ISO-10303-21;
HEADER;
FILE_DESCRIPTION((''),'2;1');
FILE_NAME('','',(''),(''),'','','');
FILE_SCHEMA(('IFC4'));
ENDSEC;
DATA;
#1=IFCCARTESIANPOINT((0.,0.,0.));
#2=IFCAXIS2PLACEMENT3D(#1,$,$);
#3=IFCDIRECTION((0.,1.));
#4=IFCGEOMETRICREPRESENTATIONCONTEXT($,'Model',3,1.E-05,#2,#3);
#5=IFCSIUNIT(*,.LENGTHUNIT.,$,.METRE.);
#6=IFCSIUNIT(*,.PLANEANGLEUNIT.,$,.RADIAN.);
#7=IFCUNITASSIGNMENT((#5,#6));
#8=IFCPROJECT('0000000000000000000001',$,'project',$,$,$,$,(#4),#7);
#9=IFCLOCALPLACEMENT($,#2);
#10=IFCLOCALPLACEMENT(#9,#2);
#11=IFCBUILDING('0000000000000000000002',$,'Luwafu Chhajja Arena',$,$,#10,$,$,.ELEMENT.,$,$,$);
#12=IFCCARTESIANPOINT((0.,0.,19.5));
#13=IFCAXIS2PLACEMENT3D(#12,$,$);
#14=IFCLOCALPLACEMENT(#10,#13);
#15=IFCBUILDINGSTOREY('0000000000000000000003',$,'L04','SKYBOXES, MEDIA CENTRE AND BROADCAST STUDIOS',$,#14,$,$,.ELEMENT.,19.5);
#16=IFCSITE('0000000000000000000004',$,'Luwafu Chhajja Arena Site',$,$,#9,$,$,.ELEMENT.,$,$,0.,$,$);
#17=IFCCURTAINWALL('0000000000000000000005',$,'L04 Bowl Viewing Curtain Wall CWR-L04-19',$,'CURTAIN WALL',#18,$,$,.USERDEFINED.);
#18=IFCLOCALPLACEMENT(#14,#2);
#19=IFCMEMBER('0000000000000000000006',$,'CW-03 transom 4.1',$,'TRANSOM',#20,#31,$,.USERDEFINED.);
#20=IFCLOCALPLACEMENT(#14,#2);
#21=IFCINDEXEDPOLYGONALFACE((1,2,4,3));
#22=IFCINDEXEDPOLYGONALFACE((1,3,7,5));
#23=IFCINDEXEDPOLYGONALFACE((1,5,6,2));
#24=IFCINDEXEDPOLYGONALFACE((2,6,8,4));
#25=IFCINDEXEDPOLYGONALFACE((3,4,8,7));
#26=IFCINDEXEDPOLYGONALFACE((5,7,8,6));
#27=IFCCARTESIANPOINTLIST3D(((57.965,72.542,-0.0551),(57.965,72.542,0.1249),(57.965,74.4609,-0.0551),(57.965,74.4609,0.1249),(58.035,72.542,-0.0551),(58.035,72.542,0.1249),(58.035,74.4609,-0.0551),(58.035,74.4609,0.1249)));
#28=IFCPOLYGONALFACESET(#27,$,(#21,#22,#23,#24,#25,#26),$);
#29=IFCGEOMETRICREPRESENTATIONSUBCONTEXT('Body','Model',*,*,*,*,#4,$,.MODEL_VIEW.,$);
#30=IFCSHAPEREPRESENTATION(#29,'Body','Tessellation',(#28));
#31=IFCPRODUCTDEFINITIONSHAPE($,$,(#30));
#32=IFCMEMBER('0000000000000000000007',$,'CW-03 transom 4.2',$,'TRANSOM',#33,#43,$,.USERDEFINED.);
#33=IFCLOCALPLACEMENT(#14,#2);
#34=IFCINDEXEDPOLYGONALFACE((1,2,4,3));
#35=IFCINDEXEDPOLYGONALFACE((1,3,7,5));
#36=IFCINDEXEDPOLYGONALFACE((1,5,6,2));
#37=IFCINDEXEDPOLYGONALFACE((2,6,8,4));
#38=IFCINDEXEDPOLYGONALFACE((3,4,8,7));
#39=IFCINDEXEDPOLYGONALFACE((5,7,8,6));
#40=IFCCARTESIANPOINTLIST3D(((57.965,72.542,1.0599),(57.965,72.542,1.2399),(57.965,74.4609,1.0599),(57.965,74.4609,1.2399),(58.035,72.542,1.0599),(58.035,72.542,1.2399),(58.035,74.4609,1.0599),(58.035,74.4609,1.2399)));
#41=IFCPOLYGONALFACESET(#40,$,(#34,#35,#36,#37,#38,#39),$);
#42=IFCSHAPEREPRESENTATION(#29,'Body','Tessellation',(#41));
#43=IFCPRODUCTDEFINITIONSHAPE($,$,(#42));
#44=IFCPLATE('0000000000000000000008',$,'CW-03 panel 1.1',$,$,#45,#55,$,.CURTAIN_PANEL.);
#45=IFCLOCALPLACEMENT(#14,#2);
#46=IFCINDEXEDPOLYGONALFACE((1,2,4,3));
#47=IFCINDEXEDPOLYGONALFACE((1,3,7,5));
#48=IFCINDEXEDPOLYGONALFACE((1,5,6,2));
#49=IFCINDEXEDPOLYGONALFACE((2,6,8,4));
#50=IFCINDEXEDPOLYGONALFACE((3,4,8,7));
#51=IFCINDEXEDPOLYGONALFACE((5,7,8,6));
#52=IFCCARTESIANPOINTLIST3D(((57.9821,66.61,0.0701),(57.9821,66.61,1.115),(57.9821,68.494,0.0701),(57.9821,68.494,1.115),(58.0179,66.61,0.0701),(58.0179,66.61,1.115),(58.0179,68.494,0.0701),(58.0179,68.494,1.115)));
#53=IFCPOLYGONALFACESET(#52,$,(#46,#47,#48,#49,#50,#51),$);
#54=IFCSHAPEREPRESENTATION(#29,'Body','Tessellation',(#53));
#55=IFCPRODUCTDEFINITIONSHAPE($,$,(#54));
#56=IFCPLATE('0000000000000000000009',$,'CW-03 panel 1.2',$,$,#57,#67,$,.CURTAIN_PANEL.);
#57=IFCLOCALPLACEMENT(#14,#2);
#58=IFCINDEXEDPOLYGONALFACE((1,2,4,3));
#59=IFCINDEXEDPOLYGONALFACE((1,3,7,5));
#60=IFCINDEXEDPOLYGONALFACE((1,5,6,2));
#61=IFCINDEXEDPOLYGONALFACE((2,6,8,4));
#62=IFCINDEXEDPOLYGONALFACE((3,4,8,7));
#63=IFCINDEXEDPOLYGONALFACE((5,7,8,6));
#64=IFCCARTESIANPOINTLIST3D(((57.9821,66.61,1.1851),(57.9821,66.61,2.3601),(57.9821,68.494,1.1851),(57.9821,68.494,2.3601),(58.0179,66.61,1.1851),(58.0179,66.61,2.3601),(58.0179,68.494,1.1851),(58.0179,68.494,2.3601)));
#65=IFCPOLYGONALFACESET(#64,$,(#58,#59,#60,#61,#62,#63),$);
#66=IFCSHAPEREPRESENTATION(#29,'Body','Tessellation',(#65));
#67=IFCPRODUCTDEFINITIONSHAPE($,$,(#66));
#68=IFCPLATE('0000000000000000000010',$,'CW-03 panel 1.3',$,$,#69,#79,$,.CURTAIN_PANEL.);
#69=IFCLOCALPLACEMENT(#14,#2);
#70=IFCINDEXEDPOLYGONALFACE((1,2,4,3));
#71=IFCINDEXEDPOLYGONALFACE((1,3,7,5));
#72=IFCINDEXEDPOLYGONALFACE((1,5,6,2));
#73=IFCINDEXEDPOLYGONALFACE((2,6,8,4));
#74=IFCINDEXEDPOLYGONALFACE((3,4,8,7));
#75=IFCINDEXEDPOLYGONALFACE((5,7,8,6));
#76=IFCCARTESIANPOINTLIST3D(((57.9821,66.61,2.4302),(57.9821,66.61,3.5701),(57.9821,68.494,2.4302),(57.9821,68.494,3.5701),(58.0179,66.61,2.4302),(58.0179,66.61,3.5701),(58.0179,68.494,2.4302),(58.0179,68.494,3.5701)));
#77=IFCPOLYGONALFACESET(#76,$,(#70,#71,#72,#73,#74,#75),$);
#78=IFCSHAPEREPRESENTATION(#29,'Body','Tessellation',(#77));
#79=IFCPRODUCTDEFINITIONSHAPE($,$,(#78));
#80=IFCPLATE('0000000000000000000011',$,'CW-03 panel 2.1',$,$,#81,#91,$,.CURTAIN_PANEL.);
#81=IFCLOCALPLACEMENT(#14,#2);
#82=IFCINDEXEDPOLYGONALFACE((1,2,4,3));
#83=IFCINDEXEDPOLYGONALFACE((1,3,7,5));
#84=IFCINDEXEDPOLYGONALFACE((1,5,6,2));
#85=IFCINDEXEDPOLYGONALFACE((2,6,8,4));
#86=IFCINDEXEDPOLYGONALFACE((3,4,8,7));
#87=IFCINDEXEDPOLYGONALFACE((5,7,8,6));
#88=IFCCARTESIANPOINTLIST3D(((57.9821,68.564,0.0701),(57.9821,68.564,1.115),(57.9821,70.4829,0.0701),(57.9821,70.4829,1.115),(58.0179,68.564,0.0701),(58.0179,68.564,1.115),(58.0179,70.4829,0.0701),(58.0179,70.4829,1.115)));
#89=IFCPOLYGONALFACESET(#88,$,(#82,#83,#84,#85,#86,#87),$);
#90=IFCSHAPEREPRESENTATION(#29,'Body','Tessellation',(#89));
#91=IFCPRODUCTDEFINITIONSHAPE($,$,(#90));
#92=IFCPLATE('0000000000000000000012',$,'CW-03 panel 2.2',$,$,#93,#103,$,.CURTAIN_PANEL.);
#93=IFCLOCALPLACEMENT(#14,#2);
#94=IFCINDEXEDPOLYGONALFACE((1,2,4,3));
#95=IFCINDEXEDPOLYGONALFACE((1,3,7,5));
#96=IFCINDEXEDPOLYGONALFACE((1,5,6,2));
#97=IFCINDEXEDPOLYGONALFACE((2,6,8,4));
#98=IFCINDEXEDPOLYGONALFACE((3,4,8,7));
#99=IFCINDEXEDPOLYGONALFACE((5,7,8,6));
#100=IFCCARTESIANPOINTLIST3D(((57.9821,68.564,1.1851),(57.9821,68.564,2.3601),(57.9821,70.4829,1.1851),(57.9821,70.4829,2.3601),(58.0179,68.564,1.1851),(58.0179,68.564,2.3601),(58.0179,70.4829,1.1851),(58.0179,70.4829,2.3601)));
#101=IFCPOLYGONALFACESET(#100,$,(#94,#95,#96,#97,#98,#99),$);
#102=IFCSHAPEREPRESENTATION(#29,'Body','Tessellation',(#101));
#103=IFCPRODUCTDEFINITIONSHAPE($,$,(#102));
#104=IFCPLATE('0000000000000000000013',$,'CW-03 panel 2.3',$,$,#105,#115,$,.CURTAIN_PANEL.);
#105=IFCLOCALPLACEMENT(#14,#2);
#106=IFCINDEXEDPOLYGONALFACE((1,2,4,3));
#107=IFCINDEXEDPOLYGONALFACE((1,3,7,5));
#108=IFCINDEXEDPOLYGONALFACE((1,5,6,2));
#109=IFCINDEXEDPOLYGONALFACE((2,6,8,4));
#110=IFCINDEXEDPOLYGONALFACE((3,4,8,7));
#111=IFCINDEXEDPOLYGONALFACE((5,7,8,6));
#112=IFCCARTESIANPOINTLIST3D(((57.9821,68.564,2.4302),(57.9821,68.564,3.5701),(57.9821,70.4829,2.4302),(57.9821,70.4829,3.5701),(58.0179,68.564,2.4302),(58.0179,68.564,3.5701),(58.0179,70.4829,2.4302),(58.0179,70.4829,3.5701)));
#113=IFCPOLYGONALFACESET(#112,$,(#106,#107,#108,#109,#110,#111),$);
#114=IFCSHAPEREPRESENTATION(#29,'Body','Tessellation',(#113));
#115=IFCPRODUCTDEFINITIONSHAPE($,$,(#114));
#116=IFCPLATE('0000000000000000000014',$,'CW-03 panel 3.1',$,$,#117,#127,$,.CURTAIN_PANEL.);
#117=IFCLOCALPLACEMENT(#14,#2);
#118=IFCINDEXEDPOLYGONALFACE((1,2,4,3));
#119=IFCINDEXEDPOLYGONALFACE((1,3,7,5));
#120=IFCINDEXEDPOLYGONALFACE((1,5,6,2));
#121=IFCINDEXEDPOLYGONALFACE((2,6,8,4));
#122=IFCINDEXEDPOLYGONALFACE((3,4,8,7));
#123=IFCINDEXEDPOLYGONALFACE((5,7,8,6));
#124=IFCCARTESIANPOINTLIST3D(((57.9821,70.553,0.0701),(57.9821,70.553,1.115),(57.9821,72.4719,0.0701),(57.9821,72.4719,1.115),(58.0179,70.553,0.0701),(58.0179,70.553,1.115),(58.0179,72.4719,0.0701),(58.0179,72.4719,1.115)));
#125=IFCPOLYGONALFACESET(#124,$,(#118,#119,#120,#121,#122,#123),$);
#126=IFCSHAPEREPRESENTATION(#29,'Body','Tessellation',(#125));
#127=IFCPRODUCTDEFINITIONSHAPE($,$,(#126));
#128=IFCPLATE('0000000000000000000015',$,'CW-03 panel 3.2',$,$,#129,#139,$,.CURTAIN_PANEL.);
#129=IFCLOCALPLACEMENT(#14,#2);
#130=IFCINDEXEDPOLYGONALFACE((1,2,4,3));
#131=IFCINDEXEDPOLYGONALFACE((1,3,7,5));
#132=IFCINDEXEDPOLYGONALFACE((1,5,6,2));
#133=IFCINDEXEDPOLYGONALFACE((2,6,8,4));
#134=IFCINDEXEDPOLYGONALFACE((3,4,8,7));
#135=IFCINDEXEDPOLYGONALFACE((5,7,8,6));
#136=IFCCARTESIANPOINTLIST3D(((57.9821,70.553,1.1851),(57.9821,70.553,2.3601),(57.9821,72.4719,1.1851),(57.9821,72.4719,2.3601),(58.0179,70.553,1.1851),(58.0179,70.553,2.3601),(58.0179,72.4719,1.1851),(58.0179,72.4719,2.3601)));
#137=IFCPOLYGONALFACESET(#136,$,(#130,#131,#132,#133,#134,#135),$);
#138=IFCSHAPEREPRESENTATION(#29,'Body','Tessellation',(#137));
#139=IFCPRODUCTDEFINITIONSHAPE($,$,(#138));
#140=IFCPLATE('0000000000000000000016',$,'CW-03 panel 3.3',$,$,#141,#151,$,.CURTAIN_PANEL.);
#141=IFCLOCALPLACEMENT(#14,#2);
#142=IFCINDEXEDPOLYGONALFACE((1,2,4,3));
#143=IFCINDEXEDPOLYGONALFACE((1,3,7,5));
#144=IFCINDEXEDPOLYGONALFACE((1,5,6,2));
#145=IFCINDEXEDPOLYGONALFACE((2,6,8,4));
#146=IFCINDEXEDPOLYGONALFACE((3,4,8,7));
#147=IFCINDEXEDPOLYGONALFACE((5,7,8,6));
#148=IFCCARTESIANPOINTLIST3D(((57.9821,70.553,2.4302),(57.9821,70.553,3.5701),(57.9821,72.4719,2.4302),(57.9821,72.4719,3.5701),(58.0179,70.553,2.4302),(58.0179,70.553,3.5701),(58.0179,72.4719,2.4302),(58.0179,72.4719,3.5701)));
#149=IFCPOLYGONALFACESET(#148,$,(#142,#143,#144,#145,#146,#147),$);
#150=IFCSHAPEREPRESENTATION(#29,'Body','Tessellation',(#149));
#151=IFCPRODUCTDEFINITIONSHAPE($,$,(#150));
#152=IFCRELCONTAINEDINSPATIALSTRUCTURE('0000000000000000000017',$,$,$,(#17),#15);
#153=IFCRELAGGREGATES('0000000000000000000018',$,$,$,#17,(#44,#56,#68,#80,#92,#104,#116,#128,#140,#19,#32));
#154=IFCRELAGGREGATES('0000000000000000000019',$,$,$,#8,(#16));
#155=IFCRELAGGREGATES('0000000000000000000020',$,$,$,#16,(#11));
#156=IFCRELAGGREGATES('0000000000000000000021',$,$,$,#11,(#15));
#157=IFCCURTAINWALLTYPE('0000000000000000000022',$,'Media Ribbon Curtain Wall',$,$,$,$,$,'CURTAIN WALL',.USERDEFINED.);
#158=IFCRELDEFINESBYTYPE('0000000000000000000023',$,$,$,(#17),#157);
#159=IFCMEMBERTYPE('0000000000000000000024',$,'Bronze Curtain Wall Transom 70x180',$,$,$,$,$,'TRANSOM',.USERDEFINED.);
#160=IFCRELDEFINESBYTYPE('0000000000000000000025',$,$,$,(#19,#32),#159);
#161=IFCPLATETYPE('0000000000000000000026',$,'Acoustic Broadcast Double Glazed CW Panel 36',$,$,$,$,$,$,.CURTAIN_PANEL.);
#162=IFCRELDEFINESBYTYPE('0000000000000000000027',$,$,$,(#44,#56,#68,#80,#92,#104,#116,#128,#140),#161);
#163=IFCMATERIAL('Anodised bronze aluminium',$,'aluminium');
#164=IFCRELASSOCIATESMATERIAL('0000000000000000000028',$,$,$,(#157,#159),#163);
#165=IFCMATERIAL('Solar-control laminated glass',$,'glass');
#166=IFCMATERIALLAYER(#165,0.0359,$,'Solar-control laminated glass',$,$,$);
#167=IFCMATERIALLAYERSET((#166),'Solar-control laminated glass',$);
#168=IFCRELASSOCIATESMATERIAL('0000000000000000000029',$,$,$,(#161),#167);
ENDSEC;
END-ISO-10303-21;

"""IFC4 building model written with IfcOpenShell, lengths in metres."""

from ifc_helpers import new_model, si_unit, direction, frame, origin, origin_2d, place, context, subcontext, project, spatial, rectangle, extrude, material, layer, layer_set, material_profile, profile_set, type_object, element, aggregate, save


model = new_model("IFC4")

# Units and contexts
model_context = context("Model", 3, precision=1e-05, world=origin(), true_north=direction((0.0, 1.0)))
body_context = subcontext(model_context, "Body", "Model", "MODEL_VIEW")
ifc_project = project(units=[si_unit("LENGTHUNIT", "METRE"), si_unit("PLANEANGLEUNIT", "RADIAN")], contexts=[model_context])

# Site, building, storey
site_placement = place(None, origin())
site = spatial("IfcSite", under=ifc_project, at=site_placement, Name="Luwafu Chhajja Arena Site", CompositionType="ELEMENT", RefElevation=0.0)
building_placement = place(site_placement, origin())
building = spatial("IfcBuilding", under=site, at=building_placement, Name="Luwafu Chhajja Arena", CompositionType="ELEMENT")
storey_placement = place(building_placement, frame((0.0, 0.0, 19.5)))
storey = spatial("IfcBuildingStorey", under=building, at=storey_placement, Name="L04", Description="SKYBOXES, MEDIA CENTRE AND BROADCAST STUDIOS", CompositionType="ELEMENT", Elevation=19.5)

# Curtain wall, members, plates
ifc_material_1 = material(Name="Anodised bronze aluminium", Category="aluminium")
curtain_wall_type = type_object("IfcCurtainWallType", Name="Media Ribbon Curtain Wall", ElementType="CURTAIN WALL", PredefinedType="USERDEFINED", material=ifc_material_1)
curtain_wall_placement = place(storey_placement, origin())
curtain_wall = element("IfcCurtainWall", 1, at=curtain_wall_placement, inside=storey, type_object=curtain_wall_type, Name="L04 Bowl Viewing Curtain Wall CWR-L04-19", ObjectType="CURTAIN WALL", PredefinedType="USERDEFINED")
ifc_material_profile_1 = material_profile(ifc_material_1, rectangle(XDim=0.0701, YDim=0.1799, at=origin_2d()), Name="CWT 70x180")
ifc_profile_set_1 = profile_set([ifc_material_profile_1], Name="Anodised bronze aluminium")
member_type_1 = type_object("IfcMemberType", Name="Bronze Curtain Wall Transom 70x180", ElementType="TRANSOM", PredefinedType="USERDEFINED", material=ifc_profile_set_1)
member_1_placement = place(storey_placement, frame((58.0, 72.542, 0.0349), z_axis=(0.0, 1.0, 0.0), x_axis=(-1.0, 0.0, 0.0)))
member_1 = element("IfcMember", 2, at=member_1_placement, type_object=member_type_1, Name="CW-03 transom 4.1", ObjectType="TRANSOM", PredefinedType="USERDEFINED", context=body_context, shape_type="SweptSolid", body=[
    extrude(rectangle(XDim=0.0701, YDim=0.1799, at=origin_2d()), origin(), (0.0, 0.0, 1.0), 1.9189),
])
member_2_placement = place(storey_placement, frame((58.0, 72.542, 1.1499), z_axis=(0.0, 1.0, 0.0), x_axis=(-1.0, 0.0, 0.0)))
member_2 = element("IfcMember", 3, at=member_2_placement, type_object=member_type_1, Name="CW-03 transom 4.2", ObjectType="TRANSOM", PredefinedType="USERDEFINED", context=body_context, shape_type="SweptSolid", body=[
    extrude(rectangle(XDim=0.0701, YDim=0.1799, at=origin_2d()), origin(), (0.0, 0.0, 1.0), 1.9189),
])
ifc_material_2 = material(Name="Solar-control laminated glass", Category="glass")
ifc_layer = layer(ifc_material_2, 0.0359, Name="Solar-control laminated glass")
ifc_layer_set = layer_set([ifc_layer], Name="Solar-control laminated glass")
plate_type = type_object("IfcPlateType", Name="Acoustic Broadcast Double Glazed CW Panel 36", PredefinedType="CURTAIN_PANEL", material=ifc_layer_set)
plate_1_placement = place(storey_placement, frame((58.0, 67.552, 0.0701), z_axis=(0.0, 0.0, 1.0), x_axis=(0.0, 1.0, 0.0)))
plate_1 = element("IfcPlate", 4, at=plate_1_placement, type_object=plate_type, Name="CW-03 panel 1.1", PredefinedType="CURTAIN_PANEL", context=body_context, shape_type="SweptSolid", body=[
    extrude(rectangle(XDim=1.884, YDim=0.0359, at=origin_2d()), origin(), (0.0, 0.0, 1.0), 1.0449),
])
plate_2_placement = place(storey_placement, frame((58.0, 67.552, 1.1851), z_axis=(0.0, 0.0, 1.0), x_axis=(0.0, 1.0, 0.0)))
plate_2 = element("IfcPlate", 5, at=plate_2_placement, type_object=plate_type, Name="CW-03 panel 1.2", PredefinedType="CURTAIN_PANEL", context=body_context, shape_type="SweptSolid", body=[
    extrude(rectangle(XDim=1.884, YDim=0.0359, at=origin_2d()), origin(), (0.0, 0.0, 1.0), 1.175),
])
plate_3_placement = place(storey_placement, frame((58.0, 67.552, 2.4302), z_axis=(0.0, 0.0, 1.0), x_axis=(0.0, 1.0, 0.0)))
plate_3 = element("IfcPlate", 6, at=plate_3_placement, type_object=plate_type, Name="CW-03 panel 1.3", PredefinedType="CURTAIN_PANEL", context=body_context, shape_type="SweptSolid", body=[
    extrude(rectangle(XDim=1.884, YDim=0.0359, at=origin_2d()), origin(), (0.0, 0.0, 1.0), 1.1399),
])
plate_4_placement = place(storey_placement, frame((58.0, 69.5234, 0.0701), z_axis=(0.0, 0.0, 1.0), x_axis=(0.0, 1.0, 0.0)))
plate_4 = element("IfcPlate", 7, at=plate_4_placement, type_object=plate_type, Name="CW-03 panel 2.1", PredefinedType="CURTAIN_PANEL", context=body_context, shape_type="SweptSolid", body=[
    extrude(rectangle(XDim=1.9189, YDim=0.0359, at=origin_2d()), origin(), (0.0, 0.0, 1.0), 1.0449),
])
plate_5_placement = place(storey_placement, frame((58.0, 69.5234, 1.1851), z_axis=(0.0, 0.0, 1.0), x_axis=(0.0, 1.0, 0.0)))
plate_5 = element("IfcPlate", 8, at=plate_5_placement, type_object=plate_type, Name="CW-03 panel 2.2", PredefinedType="CURTAIN_PANEL", context=body_context, shape_type="SweptSolid", body=[
    extrude(rectangle(XDim=1.9189, YDim=0.0359, at=origin_2d()), origin(), (0.0, 0.0, 1.0), 1.175),
])
plate_6_placement = place(storey_placement, frame((58.0, 69.5234, 2.4302), z_axis=(0.0, 0.0, 1.0), x_axis=(0.0, 1.0, 0.0)))
plate_6 = element("IfcPlate", 9, at=plate_6_placement, type_object=plate_type, Name="CW-03 panel 2.3", PredefinedType="CURTAIN_PANEL", context=body_context, shape_type="SweptSolid", body=[
    extrude(rectangle(XDim=1.9189, YDim=0.0359, at=origin_2d()), origin(), (0.0, 0.0, 1.0), 1.1399),
])
plate_7_placement = place(storey_placement, frame((58.0, 71.5125, 0.0701), z_axis=(0.0, 0.0, 1.0), x_axis=(0.0, 1.0, 0.0)))
plate_7 = element("IfcPlate", 10, at=plate_7_placement, type_object=plate_type, Name="CW-03 panel 3.1", PredefinedType="CURTAIN_PANEL", context=body_context, shape_type="SweptSolid", body=[
    extrude(rectangle(XDim=1.9189, YDim=0.0359, at=origin_2d()), origin(), (0.0, 0.0, 1.0), 1.0449),
])
plate_8_placement = place(storey_placement, frame((58.0, 71.5125, 1.1851), z_axis=(0.0, 0.0, 1.0), x_axis=(0.0, 1.0, 0.0)))
plate_8 = element("IfcPlate", 11, at=plate_8_placement, type_object=plate_type, Name="CW-03 panel 3.2", PredefinedType="CURTAIN_PANEL", context=body_context, shape_type="SweptSolid", body=[
    extrude(rectangle(XDim=1.9189, YDim=0.0359, at=origin_2d()), origin(), (0.0, 0.0, 1.0), 1.175),
])
plate_9_placement = place(storey_placement, frame((58.0, 71.5125, 2.4302), z_axis=(0.0, 0.0, 1.0), x_axis=(0.0, 1.0, 0.0)))
plate_9 = element("IfcPlate", 12, at=plate_9_placement, type_object=plate_type, Name="CW-03 panel 3.3", PredefinedType="CURTAIN_PANEL", context=body_context, shape_type="SweptSolid", body=[
    extrude(rectangle(XDim=1.9189, YDim=0.0359, at=origin_2d()), origin(), (0.0, 0.0, 1.0), 1.1399),
])
aggregate(curtain_wall, [plate_1, plate_2, plate_3, plate_4, plate_5, plate_6, plate_7, plate_8, plate_9, member_1, member_2])

save(model, "model.ifc")
